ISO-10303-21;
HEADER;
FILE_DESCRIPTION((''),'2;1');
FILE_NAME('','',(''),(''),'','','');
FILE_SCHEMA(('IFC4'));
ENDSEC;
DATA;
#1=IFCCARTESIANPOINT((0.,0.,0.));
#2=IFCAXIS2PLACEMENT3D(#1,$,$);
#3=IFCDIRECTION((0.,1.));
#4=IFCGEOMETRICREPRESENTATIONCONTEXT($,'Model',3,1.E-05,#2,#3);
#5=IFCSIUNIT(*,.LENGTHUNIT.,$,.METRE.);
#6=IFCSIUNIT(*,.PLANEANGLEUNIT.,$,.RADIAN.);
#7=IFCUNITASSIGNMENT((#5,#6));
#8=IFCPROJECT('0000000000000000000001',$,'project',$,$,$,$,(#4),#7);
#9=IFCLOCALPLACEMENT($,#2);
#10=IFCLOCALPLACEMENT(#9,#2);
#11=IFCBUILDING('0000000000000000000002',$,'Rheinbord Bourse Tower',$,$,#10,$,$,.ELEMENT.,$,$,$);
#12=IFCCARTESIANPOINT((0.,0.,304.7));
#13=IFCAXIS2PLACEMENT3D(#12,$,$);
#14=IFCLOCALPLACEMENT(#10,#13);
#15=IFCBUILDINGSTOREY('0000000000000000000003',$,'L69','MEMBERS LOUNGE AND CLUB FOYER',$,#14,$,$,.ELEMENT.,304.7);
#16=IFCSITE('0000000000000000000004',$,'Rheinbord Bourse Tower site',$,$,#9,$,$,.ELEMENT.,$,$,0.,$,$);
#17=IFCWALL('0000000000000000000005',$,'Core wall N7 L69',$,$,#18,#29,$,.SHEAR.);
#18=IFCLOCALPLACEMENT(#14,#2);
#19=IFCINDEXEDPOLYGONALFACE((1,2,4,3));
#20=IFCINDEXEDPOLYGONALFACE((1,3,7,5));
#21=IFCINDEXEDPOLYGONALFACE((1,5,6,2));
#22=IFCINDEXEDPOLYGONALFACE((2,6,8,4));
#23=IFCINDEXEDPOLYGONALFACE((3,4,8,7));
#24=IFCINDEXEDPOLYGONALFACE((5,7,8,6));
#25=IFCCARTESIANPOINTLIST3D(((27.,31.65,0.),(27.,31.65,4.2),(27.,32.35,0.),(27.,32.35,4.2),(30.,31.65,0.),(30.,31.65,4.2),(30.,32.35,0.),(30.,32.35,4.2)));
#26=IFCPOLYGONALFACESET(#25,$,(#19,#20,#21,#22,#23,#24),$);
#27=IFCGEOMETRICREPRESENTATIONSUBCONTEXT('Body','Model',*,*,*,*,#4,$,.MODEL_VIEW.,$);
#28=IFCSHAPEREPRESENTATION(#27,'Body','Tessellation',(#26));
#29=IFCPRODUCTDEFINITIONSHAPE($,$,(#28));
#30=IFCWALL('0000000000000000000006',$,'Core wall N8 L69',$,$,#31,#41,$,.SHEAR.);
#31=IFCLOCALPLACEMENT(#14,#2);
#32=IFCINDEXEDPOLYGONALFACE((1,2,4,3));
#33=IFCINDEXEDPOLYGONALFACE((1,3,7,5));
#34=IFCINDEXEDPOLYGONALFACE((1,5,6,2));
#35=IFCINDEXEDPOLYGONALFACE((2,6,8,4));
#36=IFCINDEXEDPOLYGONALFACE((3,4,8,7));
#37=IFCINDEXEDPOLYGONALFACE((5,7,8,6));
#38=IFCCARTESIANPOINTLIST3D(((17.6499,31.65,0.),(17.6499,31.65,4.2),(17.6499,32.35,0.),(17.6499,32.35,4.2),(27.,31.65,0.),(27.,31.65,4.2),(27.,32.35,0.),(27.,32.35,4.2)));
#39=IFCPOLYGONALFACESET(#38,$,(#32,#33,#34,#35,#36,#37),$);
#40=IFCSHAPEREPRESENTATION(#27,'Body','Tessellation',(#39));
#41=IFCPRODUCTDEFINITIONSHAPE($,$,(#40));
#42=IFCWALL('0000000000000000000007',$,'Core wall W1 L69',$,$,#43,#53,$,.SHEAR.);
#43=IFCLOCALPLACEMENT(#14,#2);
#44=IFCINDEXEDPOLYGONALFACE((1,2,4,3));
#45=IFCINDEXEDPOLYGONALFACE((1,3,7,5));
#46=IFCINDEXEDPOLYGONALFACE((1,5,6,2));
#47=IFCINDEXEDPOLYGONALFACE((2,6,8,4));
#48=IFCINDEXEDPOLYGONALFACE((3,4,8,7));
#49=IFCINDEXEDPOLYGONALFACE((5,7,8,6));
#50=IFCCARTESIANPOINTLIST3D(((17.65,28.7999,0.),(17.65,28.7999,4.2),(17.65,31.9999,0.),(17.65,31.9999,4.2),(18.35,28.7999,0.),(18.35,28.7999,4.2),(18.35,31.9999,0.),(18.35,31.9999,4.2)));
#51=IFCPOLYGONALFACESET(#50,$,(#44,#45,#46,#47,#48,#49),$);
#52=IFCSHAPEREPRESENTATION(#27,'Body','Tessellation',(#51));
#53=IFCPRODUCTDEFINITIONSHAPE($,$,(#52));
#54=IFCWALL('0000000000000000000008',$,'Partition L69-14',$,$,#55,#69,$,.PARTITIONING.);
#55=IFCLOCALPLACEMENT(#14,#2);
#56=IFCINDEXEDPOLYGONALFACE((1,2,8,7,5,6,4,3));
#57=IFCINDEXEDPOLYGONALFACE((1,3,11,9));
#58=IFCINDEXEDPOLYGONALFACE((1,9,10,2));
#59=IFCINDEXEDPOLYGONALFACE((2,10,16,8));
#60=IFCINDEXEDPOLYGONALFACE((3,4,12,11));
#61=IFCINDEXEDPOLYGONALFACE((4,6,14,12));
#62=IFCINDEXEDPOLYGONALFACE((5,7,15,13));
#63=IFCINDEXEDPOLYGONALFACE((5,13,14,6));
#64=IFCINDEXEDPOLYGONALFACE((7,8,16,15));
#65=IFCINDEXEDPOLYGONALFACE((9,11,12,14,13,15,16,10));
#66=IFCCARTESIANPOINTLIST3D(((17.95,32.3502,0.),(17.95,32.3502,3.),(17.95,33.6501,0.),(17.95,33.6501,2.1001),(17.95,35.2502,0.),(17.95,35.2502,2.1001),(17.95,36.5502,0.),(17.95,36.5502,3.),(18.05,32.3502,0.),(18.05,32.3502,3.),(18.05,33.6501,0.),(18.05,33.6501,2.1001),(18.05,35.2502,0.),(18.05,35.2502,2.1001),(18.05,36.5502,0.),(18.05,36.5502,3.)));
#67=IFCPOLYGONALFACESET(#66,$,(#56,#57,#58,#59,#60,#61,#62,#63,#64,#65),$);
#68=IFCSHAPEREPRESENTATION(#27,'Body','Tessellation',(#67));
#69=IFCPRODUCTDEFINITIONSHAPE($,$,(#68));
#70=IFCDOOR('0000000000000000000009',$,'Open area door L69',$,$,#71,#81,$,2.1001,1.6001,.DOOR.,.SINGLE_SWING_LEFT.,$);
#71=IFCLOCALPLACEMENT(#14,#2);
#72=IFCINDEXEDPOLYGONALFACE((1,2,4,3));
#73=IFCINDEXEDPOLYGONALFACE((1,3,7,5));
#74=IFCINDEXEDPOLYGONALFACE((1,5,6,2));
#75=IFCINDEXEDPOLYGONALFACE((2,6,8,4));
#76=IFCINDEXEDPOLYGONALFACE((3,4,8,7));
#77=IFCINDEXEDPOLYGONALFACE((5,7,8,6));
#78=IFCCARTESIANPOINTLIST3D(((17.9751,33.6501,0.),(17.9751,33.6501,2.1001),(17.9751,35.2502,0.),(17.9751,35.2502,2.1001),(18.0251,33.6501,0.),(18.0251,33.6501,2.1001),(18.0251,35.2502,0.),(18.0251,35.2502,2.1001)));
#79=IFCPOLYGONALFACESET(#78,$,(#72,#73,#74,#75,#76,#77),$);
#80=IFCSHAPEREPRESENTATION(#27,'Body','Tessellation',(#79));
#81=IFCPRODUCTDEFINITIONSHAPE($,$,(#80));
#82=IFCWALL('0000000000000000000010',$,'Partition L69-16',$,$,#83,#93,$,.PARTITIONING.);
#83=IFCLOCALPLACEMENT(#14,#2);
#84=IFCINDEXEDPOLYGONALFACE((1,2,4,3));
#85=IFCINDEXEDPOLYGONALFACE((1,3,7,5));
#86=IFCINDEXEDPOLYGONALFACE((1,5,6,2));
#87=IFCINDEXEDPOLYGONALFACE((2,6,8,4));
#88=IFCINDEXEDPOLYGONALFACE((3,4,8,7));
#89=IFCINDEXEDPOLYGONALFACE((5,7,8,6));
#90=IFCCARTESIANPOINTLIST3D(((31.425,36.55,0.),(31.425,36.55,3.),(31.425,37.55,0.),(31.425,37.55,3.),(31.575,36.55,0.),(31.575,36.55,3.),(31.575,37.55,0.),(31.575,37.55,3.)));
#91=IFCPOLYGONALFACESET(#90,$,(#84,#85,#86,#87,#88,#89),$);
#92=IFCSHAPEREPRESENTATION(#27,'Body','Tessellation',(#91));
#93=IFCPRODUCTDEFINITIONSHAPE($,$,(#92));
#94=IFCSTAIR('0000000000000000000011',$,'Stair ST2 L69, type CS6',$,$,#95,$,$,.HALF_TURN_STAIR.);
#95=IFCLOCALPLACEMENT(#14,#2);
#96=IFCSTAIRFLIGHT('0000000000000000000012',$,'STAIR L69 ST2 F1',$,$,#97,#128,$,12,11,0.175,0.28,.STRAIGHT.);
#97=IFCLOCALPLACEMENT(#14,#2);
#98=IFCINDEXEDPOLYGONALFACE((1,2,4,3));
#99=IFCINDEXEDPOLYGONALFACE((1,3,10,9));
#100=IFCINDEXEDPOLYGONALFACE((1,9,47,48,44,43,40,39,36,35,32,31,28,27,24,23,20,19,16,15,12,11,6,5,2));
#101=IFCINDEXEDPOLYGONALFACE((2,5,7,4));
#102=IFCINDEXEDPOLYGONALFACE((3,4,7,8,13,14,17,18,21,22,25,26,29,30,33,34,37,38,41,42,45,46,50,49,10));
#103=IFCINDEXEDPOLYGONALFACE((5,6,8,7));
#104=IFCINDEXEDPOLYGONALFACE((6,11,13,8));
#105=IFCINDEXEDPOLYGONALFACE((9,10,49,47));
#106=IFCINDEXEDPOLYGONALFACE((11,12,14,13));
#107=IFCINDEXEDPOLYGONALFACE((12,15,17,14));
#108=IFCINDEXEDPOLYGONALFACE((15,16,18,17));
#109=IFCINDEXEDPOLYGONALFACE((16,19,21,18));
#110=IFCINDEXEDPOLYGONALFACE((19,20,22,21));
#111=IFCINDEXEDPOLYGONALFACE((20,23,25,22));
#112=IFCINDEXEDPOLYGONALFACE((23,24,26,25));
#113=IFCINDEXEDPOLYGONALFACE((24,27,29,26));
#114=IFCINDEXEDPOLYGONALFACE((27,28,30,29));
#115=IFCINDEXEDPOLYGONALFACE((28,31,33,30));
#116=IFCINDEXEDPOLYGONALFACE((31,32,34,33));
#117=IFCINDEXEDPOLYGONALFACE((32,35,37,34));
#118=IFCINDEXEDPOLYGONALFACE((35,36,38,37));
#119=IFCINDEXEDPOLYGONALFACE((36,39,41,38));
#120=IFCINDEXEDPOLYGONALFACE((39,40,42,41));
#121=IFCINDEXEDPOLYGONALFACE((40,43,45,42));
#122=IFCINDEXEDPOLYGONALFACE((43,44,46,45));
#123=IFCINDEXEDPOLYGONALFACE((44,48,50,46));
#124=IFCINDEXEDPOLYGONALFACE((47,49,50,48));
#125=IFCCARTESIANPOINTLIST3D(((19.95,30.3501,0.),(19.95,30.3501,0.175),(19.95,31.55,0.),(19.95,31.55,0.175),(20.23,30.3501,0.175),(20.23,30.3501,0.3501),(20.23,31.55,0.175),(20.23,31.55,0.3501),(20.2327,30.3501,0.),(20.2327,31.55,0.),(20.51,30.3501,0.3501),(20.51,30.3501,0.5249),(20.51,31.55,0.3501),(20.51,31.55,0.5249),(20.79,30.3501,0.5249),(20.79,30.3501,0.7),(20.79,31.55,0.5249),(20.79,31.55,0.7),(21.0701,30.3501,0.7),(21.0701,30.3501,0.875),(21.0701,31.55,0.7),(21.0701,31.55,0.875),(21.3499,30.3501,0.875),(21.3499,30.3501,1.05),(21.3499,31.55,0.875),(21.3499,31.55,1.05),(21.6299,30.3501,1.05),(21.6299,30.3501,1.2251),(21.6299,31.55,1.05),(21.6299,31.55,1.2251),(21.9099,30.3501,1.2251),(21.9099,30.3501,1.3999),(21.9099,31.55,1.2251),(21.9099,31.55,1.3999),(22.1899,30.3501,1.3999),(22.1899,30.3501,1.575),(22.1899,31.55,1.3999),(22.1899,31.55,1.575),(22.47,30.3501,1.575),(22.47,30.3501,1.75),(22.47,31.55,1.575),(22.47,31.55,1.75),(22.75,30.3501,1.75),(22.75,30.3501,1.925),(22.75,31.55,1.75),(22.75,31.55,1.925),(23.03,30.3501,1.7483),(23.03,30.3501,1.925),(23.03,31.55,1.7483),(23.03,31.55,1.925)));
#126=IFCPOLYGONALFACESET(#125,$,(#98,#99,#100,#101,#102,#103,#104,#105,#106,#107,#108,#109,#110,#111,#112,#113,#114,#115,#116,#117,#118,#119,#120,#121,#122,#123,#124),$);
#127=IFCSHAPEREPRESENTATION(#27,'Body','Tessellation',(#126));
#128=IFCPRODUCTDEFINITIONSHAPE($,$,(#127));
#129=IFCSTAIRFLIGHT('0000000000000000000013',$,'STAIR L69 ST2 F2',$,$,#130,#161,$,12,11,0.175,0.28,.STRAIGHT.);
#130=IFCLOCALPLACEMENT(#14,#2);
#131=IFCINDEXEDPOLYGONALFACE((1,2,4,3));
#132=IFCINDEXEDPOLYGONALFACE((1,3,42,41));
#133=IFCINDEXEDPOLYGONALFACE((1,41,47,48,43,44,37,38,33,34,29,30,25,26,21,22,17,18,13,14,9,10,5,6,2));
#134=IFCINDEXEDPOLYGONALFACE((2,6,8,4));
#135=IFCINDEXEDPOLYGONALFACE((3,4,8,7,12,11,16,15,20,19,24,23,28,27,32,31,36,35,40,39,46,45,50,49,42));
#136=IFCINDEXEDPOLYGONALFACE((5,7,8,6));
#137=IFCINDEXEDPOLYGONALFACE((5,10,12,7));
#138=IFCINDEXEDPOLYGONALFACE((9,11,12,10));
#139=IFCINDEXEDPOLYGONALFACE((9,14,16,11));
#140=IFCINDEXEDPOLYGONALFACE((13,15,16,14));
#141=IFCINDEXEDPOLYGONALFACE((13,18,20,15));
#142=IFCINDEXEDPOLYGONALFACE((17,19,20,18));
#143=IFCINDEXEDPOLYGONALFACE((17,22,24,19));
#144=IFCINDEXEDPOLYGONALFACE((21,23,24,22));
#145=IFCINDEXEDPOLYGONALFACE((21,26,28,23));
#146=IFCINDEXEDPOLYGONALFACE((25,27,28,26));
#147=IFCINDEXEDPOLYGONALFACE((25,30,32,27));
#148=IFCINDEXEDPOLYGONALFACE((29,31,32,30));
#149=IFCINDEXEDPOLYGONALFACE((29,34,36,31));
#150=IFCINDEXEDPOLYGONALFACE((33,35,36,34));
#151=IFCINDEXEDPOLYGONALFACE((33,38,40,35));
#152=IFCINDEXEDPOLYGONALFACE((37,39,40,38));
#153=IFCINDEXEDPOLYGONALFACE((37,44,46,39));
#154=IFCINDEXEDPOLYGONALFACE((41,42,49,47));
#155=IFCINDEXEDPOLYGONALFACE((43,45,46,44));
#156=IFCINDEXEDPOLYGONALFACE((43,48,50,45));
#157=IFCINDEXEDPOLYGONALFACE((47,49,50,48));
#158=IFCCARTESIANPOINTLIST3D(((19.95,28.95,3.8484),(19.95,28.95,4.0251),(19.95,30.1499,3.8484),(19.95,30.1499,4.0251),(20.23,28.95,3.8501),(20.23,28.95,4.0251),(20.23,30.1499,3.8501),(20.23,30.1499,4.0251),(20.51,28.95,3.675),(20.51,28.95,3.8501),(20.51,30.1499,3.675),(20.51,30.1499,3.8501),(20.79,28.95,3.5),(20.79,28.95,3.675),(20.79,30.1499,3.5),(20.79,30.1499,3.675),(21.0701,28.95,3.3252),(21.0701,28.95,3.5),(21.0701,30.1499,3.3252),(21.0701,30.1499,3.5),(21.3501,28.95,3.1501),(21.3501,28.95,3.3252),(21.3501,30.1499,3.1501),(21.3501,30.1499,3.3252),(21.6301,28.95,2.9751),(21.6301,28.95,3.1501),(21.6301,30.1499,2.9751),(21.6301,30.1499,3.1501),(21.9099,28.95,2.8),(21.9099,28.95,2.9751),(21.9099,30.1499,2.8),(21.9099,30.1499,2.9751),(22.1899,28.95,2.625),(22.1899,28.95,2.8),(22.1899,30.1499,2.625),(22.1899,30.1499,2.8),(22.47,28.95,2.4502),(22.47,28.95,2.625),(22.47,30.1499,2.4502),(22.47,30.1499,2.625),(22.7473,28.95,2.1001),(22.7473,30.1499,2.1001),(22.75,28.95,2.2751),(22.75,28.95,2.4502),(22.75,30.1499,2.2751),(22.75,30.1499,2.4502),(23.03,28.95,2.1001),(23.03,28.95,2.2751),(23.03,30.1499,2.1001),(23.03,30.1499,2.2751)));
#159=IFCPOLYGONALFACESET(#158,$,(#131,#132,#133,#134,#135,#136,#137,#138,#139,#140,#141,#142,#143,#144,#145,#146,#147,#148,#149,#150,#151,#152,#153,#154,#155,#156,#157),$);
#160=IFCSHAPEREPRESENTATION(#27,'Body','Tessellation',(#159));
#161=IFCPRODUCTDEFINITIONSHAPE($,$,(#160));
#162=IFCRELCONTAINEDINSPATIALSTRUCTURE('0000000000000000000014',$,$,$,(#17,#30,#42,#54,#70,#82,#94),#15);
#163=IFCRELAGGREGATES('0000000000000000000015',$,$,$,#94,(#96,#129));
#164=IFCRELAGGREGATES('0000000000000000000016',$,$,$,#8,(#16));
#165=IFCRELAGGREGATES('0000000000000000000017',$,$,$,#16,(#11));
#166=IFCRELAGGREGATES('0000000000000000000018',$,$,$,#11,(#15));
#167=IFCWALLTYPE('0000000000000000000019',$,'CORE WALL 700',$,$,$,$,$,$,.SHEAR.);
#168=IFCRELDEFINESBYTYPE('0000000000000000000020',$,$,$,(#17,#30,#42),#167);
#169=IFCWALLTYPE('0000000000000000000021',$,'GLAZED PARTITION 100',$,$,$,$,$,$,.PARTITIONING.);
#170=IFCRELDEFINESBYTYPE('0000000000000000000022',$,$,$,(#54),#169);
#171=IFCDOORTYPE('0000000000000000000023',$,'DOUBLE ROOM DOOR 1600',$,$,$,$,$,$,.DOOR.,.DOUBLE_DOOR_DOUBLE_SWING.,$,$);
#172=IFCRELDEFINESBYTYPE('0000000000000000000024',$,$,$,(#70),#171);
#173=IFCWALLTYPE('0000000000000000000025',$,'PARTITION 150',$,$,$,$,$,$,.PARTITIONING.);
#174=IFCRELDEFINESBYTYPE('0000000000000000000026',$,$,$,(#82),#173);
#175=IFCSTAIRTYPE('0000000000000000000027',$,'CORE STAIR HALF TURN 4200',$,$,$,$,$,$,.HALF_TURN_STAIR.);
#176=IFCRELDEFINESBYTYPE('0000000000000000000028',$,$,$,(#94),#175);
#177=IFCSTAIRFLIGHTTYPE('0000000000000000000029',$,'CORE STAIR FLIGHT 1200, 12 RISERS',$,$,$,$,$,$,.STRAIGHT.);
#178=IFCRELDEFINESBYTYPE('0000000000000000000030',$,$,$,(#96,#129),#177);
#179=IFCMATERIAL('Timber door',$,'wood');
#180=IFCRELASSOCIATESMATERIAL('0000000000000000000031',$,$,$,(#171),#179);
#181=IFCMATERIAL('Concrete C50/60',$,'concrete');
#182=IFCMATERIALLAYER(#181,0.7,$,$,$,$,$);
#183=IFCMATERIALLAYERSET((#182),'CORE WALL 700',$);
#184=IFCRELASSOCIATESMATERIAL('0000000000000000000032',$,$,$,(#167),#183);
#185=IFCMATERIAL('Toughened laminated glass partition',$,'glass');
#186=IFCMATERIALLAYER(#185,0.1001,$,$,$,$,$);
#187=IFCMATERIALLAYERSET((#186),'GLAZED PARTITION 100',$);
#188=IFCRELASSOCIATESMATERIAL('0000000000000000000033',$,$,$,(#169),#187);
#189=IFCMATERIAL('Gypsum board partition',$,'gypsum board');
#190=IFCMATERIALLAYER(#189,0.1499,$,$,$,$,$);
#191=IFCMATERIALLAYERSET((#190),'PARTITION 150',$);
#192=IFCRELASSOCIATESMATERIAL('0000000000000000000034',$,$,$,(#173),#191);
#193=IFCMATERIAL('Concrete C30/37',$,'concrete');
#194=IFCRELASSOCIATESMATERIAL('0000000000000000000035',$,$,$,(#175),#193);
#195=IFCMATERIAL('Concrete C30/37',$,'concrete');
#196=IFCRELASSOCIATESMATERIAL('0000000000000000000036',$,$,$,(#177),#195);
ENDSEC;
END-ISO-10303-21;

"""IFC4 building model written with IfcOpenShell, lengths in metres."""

from ifc_helpers import new_model, si_unit, direction, frame, frame_2d, origin, place, context, subcontext, project, spatial, polyline, rectangle, outline, extrude, material, layer, layer_set, type_object, element, fill, aggregate, save


model = new_model("IFC4")

# Units and contexts
model_context = context("Model", 3, precision=1e-05, world=origin(), true_north=direction((0.0, 1.0)))
body_context = subcontext(model_context, "Body", "Model", "MODEL_VIEW")
ifc_project = project(units=[si_unit("LENGTHUNIT", "METRE"), si_unit("PLANEANGLEUNIT", "RADIAN")], contexts=[model_context])

# Site, building, storey
site_placement = place(None, origin())
site = spatial("IfcSite", under=ifc_project, at=site_placement, Name="Rheinbord Bourse Tower site", CompositionType="ELEMENT", RefElevation=0.0)
building_placement = place(site_placement, origin())
building = spatial("IfcBuilding", under=site, at=building_placement, Name="Rheinbord Bourse Tower", CompositionType="ELEMENT")
storey_placement = place(building_placement, frame((0.0, 0.0, 304.7)))
storey = spatial("IfcBuildingStorey", under=building, at=storey_placement, Name="L69", Description="MEMBERS LOUNGE AND CLUB FOYER", CompositionType="ELEMENT", Elevation=304.7)

# Shared definitions
ifc_material_1 = material(Name="Timber door", Category="wood")
door_type_1 = type_object("IfcDoorType", Name="DOUBLE ROOM DOOR 1600", OperationType="DOUBLE_DOOR_DOUBLE_SWING", PredefinedType="DOOR", material=ifc_material_1)

# Walls
ifc_material_2 = material(Name="Concrete C50/60", Category="concrete")
ifc_layer_1 = layer(ifc_material_2, 0.7)
ifc_layer_set_1 = layer_set([ifc_layer_1], Name="CORE WALL 700")
wall_type_1 = type_object("IfcWallType", Name="CORE WALL 700", PredefinedType="SHEAR", material=ifc_layer_set_1)
for number, where, z_axis, x_axis, name in (
    (1, (30.0, 32.0, 0.0), (0.0, 0.0, 1.0), (-1.0, 0.0, 0.0), "Core wall N7 L69"),
):
    element("IfcWall", number, at=place(storey_placement, frame(where, z_axis=z_axis, x_axis=x_axis)), inside=storey, type_object=wall_type_1, Name=name, PredefinedType="SHEAR", context=body_context, shape_type="SweptSolid", body=[
        extrude(rectangle(XDim=3.0, YDim=0.7, at=frame_2d((1.5, 0.0))), origin(), (0.0, 0.0, 1.0), 4.2),
    ])
wall_1_placement = place(storey_placement, frame((27.0, 32.0, 0.0), z_axis=(0.0, 0.0, 1.0), x_axis=(-1.0, 0.0, 0.0)))
element("IfcWall", 2, at=wall_1_placement, inside=storey, type_object=wall_type_1, Name="Core wall N8 L69", PredefinedType="SHEAR", context=body_context, shape_type="SweptSolid", body=[
    extrude(rectangle(XDim=9.3501, YDim=0.7, at=frame_2d((4.675, 0.0))), origin(), (0.0, 0.0, 1.0), 4.2),
])
wall_2_placement = place(storey_placement, frame((18.0, 32.0, 0.0), z_axis=(0.0, 0.0, 1.0), x_axis=(0.0, -1.0, 0.0)))
element("IfcWall", 3, at=wall_2_placement, inside=storey, type_object=wall_type_1, Name="Core wall W1 L69", PredefinedType="SHEAR", context=body_context, shape_type="SweptSolid", body=[
    extrude(rectangle(XDim=3.2, YDim=0.7, at=frame_2d((1.6001, 0.0))), origin(), (0.0, 0.0, 1.0), 4.2),
])

# Wall, opening, door
ifc_material_3 = material(Name="Toughened laminated glass partition", Category="glass")
ifc_layer_2 = layer(ifc_material_3, 0.1001)
ifc_layer_set_2 = layer_set([ifc_layer_2], Name="GLAZED PARTITION 100")
wall_type_2 = type_object("IfcWallType", Name="GLAZED PARTITION 100", PredefinedType="PARTITIONING", material=ifc_layer_set_2)
wall_3_placement = place(storey_placement, frame((18.0, 32.3501, 0.0), z_axis=(0.0, 0.0, 1.0), x_axis=(0.0, 1.0, 0.0)))
wall_3 = element("IfcWall", 4, at=wall_3_placement, inside=storey, type_object=wall_type_2, Name="Partition L69-14", PredefinedType="PARTITIONING", context=body_context, shape_type="SweptSolid", body=[
    extrude(rectangle(XDim=4.2, YDim=0.1001, at=frame_2d((2.1001, 0.0))), origin(), (0.0, 0.0, 1.0), 3.0),
])
opening_1_placement = place(wall_3_placement, frame((1.3, 0.0, 0.0)))
opening_1 = element("IfcOpeningElement", 5, at=opening_1_placement, cuts=wall_3, PredefinedType="OPENING", context=body_context, shape_type="SweptSolid", body=[
    extrude(rectangle(XDim=1.6001, YDim=2.1001, at=frame_2d((0.8, 1.05))), frame((0.0, 0.0601, 0.0), z_axis=(0.0, -1.0, 0.0), x_axis=(1.0, 0.0, 0.0)), (0.0, 0.0, 1.0), 0.1201),
])
door_1_placement = place(opening_1_placement, origin())
door_1 = element("IfcDoor", 6, at=door_1_placement, inside=storey, type_object=door_type_1, Name="Open area door L69", OperationType="SINGLE_SWING_LEFT", OverallHeight=2.1001, OverallWidth=1.6001, PredefinedType="DOOR", context=body_context, shape_type="SweptSolid", body=[
    extrude(rectangle(XDim=1.6001, YDim=2.1001, at=frame_2d((0.8, 1.05))), frame((0.0, 0.0249, 0.0), z_axis=(0.0, -1.0, 0.0), x_axis=(1.0, 0.0, 0.0)), (0.0, 0.0, 1.0), 0.05),
])
fill(opening_1, door_1)

# Wall
ifc_material_4 = material(Name="Gypsum board partition", Category="gypsum board")
ifc_layer_3 = layer(ifc_material_4, 0.1499)
ifc_layer_set_3 = layer_set([ifc_layer_3], Name="PARTITION 150")
wall_type_3 = type_object("IfcWallType", Name="PARTITION 150", PredefinedType="PARTITIONING", material=ifc_layer_set_3)
wall_4_placement = place(storey_placement, frame((31.5, 36.55, 0.0), z_axis=(0.0, 0.0, 1.0), x_axis=(0.0, 1.0, 0.0)))
element("IfcWall", 7, at=wall_4_placement, inside=storey, type_object=wall_type_3, Name="Partition L69-16", PredefinedType="PARTITIONING", context=body_context, shape_type="SweptSolid", body=[
    extrude(rectangle(XDim=1.0, YDim=0.1499, at=frame_2d((0.5, 0.0))), origin(), (0.0, 0.0, 1.0), 3.0),
])

# Stair, stair flights
ifc_material_5 = material(Name="Concrete C30/37", Category="concrete")
stair_type = type_object("IfcStairType", Name="CORE STAIR HALF TURN 4200", PredefinedType="HALF_TURN_STAIR", material=ifc_material_5)
stair_placement = place(storey_placement, origin())
stair = element("IfcStair", 8, at=stair_placement, inside=storey, type_object=stair_type, Name="Stair ST2 L69, type CS6", PredefinedType="HALF_TURN_STAIR")
ifc_material_6 = material(Name="Concrete C30/37", Category="concrete")
stair_flight_type = type_object("IfcStairFlightType", Name="CORE STAIR FLIGHT 1200, 12 RISERS", PredefinedType="STRAIGHT", material=ifc_material_6)
stair_flight_1_placement = place(storey_placement, frame((19.95, 30.95, 0.0), z_axis=(0.0, 0.0, 1.0), x_axis=(1.0, 0.0, 0.0)))
stair_flight_1 = element("IfcStairFlight", 9, at=stair_flight_1_placement, type_object=stair_flight_type, Name="STAIR L69 ST2 F1", NumberOfRisers=12, NumberOfTreads=11, PredefinedType="STRAIGHT", RiserHeight=0.175, TreadLength=0.28, context=body_context, shape_type="SweptSolid", body=[
    extrude(outline(polyline([(0.0, 0.0), (0.0, 0.175), (0.28, 0.175), (0.28, 0.3501), (0.5601, 0.3501), (0.5601, 0.5249), (0.8401, 0.5249), (0.8401, 0.7), (1.1201, 0.7), (1.1201, 0.875), (1.3999, 0.875), (1.3999, 1.05), (1.6799, 1.05), (1.6799, 1.2251), (1.96, 1.2251), (1.96, 1.3999), (2.24, 1.3999), (2.24, 1.575), (2.52, 1.575), (2.52, 1.75), (2.8, 1.75), (2.8, 1.925), (3.0801, 1.925), (3.0801, 2.1001), (3.0801, 1.7483), (0.2827, 0.0), (0.0, 0.0)])), frame((0.0, 0.6001, 0.0), z_axis=(0.0, -1.0, 0.0), x_axis=(1.0, 0.0, 0.0)), (0.0, 0.0, 1.0), 1.2),
])
stair_flight_2_placement = place(storey_placement, frame((23.03, 29.55, 2.1001), z_axis=(0.0, 0.0, 1.0), x_axis=(-1.0, 0.0, 0.0)))
stair_flight_2 = element("IfcStairFlight", 10, at=stair_flight_2_placement, type_object=stair_flight_type, Name="STAIR L69 ST2 F2", NumberOfRisers=12, NumberOfTreads=11, PredefinedType="STRAIGHT", RiserHeight=0.175, TreadLength=0.28, context=body_context, shape_type="SweptSolid", body=[
    extrude(outline(polyline([(0.0, 0.0), (0.0, 0.175), (0.28, 0.175), (0.28, 0.3501), (0.5601, 0.3501), (0.5601, 0.5249), (0.8401, 0.5249), (0.8401, 0.7), (1.1201, 0.7), (1.1201, 0.875), (1.3999, 0.875), (1.3999, 1.05), (1.6799, 1.05), (1.6799, 1.2251), (1.96, 1.2251), (1.96, 1.3999), (2.24, 1.3999), (2.24, 1.575), (2.52, 1.575), (2.52, 1.75), (2.8, 1.75), (2.8, 1.925), (3.0801, 1.925), (3.0801, 2.1001), (3.0801, 1.7483), (0.2827, 0.0), (0.0, 0.0)])), frame((0.0, 0.6001, 0.0), z_axis=(0.0, -1.0, 0.0), x_axis=(1.0, 0.0, 0.0)), (0.0, 0.0, 1.0), 1.2),
])
aggregate(stair, [stair_flight_1, stair_flight_2])

save(model, "model.ifc")
